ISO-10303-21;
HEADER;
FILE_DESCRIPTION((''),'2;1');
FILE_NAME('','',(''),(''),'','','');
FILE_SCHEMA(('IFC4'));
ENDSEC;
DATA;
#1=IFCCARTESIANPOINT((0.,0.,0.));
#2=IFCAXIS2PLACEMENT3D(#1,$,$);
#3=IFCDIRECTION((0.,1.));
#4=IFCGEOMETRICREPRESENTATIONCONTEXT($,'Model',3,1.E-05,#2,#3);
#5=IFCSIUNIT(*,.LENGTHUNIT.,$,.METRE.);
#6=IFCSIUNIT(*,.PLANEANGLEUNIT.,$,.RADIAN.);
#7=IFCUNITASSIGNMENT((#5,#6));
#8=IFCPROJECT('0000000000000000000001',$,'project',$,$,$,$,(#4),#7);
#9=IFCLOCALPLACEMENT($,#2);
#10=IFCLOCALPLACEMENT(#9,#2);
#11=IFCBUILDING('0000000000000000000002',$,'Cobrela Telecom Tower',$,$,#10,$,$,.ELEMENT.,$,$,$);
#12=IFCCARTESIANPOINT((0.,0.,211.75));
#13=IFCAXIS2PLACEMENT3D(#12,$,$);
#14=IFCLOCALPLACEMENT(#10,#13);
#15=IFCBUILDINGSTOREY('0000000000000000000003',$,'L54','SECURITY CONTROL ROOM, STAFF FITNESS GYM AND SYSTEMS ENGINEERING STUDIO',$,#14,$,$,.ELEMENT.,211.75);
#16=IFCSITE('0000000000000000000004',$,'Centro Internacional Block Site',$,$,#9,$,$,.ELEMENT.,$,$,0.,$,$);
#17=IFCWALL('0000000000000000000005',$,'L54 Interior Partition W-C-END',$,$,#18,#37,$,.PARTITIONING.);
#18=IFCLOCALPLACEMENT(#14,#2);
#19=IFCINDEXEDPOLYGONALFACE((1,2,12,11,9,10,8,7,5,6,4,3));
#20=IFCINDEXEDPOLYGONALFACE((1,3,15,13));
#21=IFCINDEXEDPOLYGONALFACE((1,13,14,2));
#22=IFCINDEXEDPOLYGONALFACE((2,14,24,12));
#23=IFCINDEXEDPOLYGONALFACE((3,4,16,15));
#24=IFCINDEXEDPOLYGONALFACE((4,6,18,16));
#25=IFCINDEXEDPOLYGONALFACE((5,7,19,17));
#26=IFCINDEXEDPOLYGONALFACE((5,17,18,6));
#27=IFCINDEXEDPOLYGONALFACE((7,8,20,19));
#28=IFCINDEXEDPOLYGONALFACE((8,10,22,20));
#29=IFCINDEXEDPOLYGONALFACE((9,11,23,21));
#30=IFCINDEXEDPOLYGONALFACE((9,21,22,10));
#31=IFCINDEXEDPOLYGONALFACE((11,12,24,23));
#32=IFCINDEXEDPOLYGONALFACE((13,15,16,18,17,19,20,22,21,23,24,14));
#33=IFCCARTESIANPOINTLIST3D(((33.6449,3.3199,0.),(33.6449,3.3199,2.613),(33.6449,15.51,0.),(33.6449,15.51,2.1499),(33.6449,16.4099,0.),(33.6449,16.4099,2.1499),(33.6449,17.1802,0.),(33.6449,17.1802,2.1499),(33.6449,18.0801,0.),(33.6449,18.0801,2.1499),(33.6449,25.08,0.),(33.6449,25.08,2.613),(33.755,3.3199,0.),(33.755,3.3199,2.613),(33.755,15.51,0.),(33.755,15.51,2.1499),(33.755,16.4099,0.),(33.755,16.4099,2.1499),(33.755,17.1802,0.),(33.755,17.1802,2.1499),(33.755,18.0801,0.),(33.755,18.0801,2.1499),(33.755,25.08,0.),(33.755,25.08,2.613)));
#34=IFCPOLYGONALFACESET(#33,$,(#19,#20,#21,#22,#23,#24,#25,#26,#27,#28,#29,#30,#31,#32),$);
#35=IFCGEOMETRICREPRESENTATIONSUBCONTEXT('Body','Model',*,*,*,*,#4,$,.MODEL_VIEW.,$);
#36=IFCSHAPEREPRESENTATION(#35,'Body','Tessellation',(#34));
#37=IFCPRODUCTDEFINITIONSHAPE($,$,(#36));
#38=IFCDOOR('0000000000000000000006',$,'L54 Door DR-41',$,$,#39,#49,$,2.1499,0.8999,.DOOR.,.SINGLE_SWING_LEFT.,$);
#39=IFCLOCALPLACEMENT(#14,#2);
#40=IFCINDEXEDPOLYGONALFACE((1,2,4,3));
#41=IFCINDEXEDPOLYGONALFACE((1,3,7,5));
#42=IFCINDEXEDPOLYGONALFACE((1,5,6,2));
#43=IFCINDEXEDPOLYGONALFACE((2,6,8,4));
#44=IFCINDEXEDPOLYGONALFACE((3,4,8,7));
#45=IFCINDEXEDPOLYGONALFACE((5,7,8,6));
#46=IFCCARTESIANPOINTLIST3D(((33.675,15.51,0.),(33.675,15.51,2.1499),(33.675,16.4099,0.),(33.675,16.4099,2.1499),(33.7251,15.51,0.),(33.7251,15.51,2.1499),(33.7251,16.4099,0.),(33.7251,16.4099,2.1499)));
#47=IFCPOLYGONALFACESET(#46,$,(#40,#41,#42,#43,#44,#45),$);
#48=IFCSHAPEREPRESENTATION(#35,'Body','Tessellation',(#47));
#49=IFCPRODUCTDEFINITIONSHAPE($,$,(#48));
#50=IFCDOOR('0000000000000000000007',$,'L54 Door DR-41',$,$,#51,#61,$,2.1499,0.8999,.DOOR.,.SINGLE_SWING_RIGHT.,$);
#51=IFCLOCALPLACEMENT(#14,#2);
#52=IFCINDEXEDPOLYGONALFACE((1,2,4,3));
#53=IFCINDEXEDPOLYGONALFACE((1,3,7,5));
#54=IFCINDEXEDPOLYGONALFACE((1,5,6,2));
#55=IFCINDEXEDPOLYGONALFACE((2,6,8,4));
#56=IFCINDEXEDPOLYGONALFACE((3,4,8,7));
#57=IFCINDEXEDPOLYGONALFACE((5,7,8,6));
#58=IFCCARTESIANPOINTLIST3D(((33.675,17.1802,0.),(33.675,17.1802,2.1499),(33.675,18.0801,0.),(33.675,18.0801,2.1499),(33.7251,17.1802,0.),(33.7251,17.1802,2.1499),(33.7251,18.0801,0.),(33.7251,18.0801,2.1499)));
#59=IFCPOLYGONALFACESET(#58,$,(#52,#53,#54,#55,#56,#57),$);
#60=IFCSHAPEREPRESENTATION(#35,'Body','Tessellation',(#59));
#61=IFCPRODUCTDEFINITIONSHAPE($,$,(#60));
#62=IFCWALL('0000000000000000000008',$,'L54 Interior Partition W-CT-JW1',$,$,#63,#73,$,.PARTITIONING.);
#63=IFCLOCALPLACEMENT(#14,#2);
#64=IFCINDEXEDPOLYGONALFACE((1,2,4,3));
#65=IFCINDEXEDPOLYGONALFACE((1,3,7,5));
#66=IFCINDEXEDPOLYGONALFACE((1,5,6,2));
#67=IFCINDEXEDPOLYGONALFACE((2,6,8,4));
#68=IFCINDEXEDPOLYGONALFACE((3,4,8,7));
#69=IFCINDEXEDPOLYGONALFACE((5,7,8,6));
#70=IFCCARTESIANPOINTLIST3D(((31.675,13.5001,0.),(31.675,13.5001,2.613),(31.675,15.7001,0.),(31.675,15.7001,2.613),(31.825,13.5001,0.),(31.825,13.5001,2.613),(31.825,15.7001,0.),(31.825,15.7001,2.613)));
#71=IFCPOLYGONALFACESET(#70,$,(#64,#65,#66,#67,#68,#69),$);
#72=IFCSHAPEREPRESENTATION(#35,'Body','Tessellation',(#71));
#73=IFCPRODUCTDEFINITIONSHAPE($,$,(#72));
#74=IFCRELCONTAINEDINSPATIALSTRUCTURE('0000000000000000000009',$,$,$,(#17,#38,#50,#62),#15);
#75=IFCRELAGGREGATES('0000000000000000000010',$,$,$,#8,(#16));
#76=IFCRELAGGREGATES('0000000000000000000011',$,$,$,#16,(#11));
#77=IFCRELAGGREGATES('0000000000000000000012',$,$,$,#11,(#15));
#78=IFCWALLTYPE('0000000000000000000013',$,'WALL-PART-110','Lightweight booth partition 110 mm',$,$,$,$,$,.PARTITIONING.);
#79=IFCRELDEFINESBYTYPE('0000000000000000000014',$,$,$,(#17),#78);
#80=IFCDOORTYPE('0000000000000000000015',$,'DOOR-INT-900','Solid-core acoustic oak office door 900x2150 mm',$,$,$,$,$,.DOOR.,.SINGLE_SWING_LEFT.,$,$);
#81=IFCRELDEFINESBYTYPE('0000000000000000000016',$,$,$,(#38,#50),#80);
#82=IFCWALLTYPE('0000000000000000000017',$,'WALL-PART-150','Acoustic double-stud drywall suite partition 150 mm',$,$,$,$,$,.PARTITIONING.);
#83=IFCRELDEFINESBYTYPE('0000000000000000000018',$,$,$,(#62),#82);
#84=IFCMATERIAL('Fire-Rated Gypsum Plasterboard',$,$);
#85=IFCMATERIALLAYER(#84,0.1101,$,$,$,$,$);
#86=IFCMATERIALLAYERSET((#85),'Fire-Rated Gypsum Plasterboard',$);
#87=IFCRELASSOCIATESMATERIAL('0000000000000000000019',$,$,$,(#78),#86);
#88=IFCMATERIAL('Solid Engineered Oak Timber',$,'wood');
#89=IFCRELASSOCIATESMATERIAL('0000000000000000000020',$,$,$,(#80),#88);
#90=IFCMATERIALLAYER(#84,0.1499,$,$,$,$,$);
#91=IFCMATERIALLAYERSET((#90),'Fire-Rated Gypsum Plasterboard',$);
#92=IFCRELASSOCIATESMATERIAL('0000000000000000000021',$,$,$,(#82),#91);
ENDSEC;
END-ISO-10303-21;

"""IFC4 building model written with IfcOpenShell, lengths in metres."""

from ifc_helpers import new_model, si_unit, direction, frame, frame_2d, origin, place, context, subcontext, project, spatial, rectangle, extrude, material, layer, layer_set, type_object, element, fill, save


model = new_model("IFC4")

# Units and contexts
model_context = context("Model", 3, precision=1e-05, world=origin(), true_north=direction((0.0, 1.0)))
body_context = subcontext(model_context, "Body", "Model", "MODEL_VIEW")
ifc_project = project(units=[si_unit("LENGTHUNIT", "METRE"), si_unit("PLANEANGLEUNIT", "RADIAN")], contexts=[model_context])

# Site, building, storey
site_placement = place(None, origin())
site = spatial("IfcSite", under=ifc_project, at=site_placement, Name="Centro Internacional Block Site", CompositionType="ELEMENT", RefElevation=0.0)
building_placement = place(site_placement, origin())
building = spatial("IfcBuilding", under=site, at=building_placement, Name="Cobrela Telecom Tower", CompositionType="ELEMENT")
storey_placement = place(building_placement, frame((0.0, 0.0, 211.75)))
storey = spatial("IfcBuildingStorey", under=building, at=storey_placement, Name="L54", Description="SECURITY CONTROL ROOM, STAFF FITNESS GYM AND SYSTEMS ENGINEERING STUDIO", CompositionType="ELEMENT", Elevation=211.75)

# Shared definitions
ifc_material_1 = material(Name="Fire-Rated Gypsum Plasterboard")
ifc_layer_1 = layer(ifc_material_1, 0.1101)
ifc_layer_set_1 = layer_set([ifc_layer_1], Name="Fire-Rated Gypsum Plasterboard")
wall_type_1 = type_object("IfcWallType", Name="WALL-PART-110", Description="Lightweight booth partition 110 mm", PredefinedType="PARTITIONING", material=ifc_layer_set_1)

# Wall, openings, doors
wall_1_placement = place(storey_placement, frame((33.7, 3.3201, 0.0), z_axis=(0.0, 0.0, 1.0), x_axis=(0.0, 1.0, 0.0)))
wall_1 = element("IfcWall", 1, at=wall_1_placement, inside=storey, type_object=wall_type_1, Name="L54 Interior Partition W-C-END", PredefinedType="PARTITIONING", context=body_context, shape_type="SweptSolid", body=[
    extrude(rectangle(XDim=21.76, YDim=0.1101, at=frame_2d((10.8799, 0.0))), origin(), (0.0, 0.0, 1.0), 2.613),
])
opening_1_placement = place(wall_1_placement, frame((12.1899, 0.0, 0.0)))
opening_1 = element("IfcOpeningElement", 2, at=opening_1_placement, cuts=wall_1, PredefinedType="OPENING", context=body_context, shape_type="SweptSolid", body=[
    extrude(rectangle(XDim=0.8999, YDim=2.1499, at=frame_2d((0.45, 1.075))), frame((0.0, 0.0669, 0.0), z_axis=(0.0, -1.0, 0.0), x_axis=(1.0, 0.0, 0.0)), (0.0, 0.0, 1.0), 0.134),
])
opening_2_placement = place(wall_1_placement, frame((13.8601, 0.0, 0.0)))
opening_2 = element("IfcOpeningElement", 3, at=opening_2_placement, cuts=wall_1, PredefinedType="OPENING", context=body_context, shape_type="SweptSolid", body=[
    extrude(rectangle(XDim=0.8999, YDim=2.1499, at=frame_2d((0.45, 1.075))), frame((0.0, 0.0669, 0.0), z_axis=(0.0, -1.0, 0.0), x_axis=(1.0, 0.0, 0.0)), (0.0, 0.0, 1.0), 0.134),
])
ifc_material_2 = material(Name="Solid Engineered Oak Timber", Category="wood")
door_type = type_object("IfcDoorType", Name="DOOR-INT-900", Description="Solid-core acoustic oak office door 900x2150 mm", OperationType="SINGLE_SWING_LEFT", PredefinedType="DOOR", material=ifc_material_2)
door_1_placement = place(opening_1_placement, origin())
door_1 = element("IfcDoor", 4, at=door_1_placement, inside=storey, type_object=door_type, Name="L54 Door DR-41", OperationType="SINGLE_SWING_LEFT", OverallHeight=2.1499, OverallWidth=0.8999, PredefinedType="DOOR", context=body_context, shape_type="SweptSolid", body=[
    extrude(rectangle(XDim=0.8999, YDim=2.1499, at=frame_2d((0.45, 1.075))), frame((0.0, 0.0249, 0.0), z_axis=(0.0, -1.0, 0.0), x_axis=(1.0, 0.0, 0.0)), (0.0, 0.0, 1.0), 0.05),
])
fill(opening_1, door_1)
door_2_placement = place(opening_2_placement, origin())
door_2 = element("IfcDoor", 5, at=door_2_placement, inside=storey, type_object=door_type, Name="L54 Door DR-41", OperationType="SINGLE_SWING_RIGHT", OverallHeight=2.1499, OverallWidth=0.8999, PredefinedType="DOOR", context=body_context, shape_type="SweptSolid", body=[
    extrude(rectangle(XDim=0.8999, YDim=2.1499, at=frame_2d((0.45, 1.075))), frame((0.0, 0.0249, 0.0), z_axis=(0.0, -1.0, 0.0), x_axis=(1.0, 0.0, 0.0)), (0.0, 0.0, 1.0), 0.05),
])
fill(opening_2, door_2)

# Wall
ifc_layer_2 = layer(ifc_material_1, 0.1499)
ifc_layer_set_2 = layer_set([ifc_layer_2], Name="Fire-Rated Gypsum Plasterboard")
wall_type_2 = type_object("IfcWallType", Name="WALL-PART-150", Description="Acoustic double-stud drywall suite partition 150 mm", PredefinedType="PARTITIONING", material=ifc_layer_set_2)
wall_2_placement = place(storey_placement, frame((31.75, 13.5, 0.0), z_axis=(0.0, 0.0, 1.0), x_axis=(0.0, 1.0, 0.0)))
element("IfcWall", 6, at=wall_2_placement, inside=storey, type_object=wall_type_2, Name="L54 Interior Partition W-CT-JW1", PredefinedType="PARTITIONING", context=body_context, shape_type="SweptSolid", body=[
    extrude(rectangle(XDim=2.2, YDim=0.1499, at=frame_2d((1.1001, 0.0))), origin(), (0.0, 0.0, 1.0), 2.613),
])

save(model, "model.ifc")
